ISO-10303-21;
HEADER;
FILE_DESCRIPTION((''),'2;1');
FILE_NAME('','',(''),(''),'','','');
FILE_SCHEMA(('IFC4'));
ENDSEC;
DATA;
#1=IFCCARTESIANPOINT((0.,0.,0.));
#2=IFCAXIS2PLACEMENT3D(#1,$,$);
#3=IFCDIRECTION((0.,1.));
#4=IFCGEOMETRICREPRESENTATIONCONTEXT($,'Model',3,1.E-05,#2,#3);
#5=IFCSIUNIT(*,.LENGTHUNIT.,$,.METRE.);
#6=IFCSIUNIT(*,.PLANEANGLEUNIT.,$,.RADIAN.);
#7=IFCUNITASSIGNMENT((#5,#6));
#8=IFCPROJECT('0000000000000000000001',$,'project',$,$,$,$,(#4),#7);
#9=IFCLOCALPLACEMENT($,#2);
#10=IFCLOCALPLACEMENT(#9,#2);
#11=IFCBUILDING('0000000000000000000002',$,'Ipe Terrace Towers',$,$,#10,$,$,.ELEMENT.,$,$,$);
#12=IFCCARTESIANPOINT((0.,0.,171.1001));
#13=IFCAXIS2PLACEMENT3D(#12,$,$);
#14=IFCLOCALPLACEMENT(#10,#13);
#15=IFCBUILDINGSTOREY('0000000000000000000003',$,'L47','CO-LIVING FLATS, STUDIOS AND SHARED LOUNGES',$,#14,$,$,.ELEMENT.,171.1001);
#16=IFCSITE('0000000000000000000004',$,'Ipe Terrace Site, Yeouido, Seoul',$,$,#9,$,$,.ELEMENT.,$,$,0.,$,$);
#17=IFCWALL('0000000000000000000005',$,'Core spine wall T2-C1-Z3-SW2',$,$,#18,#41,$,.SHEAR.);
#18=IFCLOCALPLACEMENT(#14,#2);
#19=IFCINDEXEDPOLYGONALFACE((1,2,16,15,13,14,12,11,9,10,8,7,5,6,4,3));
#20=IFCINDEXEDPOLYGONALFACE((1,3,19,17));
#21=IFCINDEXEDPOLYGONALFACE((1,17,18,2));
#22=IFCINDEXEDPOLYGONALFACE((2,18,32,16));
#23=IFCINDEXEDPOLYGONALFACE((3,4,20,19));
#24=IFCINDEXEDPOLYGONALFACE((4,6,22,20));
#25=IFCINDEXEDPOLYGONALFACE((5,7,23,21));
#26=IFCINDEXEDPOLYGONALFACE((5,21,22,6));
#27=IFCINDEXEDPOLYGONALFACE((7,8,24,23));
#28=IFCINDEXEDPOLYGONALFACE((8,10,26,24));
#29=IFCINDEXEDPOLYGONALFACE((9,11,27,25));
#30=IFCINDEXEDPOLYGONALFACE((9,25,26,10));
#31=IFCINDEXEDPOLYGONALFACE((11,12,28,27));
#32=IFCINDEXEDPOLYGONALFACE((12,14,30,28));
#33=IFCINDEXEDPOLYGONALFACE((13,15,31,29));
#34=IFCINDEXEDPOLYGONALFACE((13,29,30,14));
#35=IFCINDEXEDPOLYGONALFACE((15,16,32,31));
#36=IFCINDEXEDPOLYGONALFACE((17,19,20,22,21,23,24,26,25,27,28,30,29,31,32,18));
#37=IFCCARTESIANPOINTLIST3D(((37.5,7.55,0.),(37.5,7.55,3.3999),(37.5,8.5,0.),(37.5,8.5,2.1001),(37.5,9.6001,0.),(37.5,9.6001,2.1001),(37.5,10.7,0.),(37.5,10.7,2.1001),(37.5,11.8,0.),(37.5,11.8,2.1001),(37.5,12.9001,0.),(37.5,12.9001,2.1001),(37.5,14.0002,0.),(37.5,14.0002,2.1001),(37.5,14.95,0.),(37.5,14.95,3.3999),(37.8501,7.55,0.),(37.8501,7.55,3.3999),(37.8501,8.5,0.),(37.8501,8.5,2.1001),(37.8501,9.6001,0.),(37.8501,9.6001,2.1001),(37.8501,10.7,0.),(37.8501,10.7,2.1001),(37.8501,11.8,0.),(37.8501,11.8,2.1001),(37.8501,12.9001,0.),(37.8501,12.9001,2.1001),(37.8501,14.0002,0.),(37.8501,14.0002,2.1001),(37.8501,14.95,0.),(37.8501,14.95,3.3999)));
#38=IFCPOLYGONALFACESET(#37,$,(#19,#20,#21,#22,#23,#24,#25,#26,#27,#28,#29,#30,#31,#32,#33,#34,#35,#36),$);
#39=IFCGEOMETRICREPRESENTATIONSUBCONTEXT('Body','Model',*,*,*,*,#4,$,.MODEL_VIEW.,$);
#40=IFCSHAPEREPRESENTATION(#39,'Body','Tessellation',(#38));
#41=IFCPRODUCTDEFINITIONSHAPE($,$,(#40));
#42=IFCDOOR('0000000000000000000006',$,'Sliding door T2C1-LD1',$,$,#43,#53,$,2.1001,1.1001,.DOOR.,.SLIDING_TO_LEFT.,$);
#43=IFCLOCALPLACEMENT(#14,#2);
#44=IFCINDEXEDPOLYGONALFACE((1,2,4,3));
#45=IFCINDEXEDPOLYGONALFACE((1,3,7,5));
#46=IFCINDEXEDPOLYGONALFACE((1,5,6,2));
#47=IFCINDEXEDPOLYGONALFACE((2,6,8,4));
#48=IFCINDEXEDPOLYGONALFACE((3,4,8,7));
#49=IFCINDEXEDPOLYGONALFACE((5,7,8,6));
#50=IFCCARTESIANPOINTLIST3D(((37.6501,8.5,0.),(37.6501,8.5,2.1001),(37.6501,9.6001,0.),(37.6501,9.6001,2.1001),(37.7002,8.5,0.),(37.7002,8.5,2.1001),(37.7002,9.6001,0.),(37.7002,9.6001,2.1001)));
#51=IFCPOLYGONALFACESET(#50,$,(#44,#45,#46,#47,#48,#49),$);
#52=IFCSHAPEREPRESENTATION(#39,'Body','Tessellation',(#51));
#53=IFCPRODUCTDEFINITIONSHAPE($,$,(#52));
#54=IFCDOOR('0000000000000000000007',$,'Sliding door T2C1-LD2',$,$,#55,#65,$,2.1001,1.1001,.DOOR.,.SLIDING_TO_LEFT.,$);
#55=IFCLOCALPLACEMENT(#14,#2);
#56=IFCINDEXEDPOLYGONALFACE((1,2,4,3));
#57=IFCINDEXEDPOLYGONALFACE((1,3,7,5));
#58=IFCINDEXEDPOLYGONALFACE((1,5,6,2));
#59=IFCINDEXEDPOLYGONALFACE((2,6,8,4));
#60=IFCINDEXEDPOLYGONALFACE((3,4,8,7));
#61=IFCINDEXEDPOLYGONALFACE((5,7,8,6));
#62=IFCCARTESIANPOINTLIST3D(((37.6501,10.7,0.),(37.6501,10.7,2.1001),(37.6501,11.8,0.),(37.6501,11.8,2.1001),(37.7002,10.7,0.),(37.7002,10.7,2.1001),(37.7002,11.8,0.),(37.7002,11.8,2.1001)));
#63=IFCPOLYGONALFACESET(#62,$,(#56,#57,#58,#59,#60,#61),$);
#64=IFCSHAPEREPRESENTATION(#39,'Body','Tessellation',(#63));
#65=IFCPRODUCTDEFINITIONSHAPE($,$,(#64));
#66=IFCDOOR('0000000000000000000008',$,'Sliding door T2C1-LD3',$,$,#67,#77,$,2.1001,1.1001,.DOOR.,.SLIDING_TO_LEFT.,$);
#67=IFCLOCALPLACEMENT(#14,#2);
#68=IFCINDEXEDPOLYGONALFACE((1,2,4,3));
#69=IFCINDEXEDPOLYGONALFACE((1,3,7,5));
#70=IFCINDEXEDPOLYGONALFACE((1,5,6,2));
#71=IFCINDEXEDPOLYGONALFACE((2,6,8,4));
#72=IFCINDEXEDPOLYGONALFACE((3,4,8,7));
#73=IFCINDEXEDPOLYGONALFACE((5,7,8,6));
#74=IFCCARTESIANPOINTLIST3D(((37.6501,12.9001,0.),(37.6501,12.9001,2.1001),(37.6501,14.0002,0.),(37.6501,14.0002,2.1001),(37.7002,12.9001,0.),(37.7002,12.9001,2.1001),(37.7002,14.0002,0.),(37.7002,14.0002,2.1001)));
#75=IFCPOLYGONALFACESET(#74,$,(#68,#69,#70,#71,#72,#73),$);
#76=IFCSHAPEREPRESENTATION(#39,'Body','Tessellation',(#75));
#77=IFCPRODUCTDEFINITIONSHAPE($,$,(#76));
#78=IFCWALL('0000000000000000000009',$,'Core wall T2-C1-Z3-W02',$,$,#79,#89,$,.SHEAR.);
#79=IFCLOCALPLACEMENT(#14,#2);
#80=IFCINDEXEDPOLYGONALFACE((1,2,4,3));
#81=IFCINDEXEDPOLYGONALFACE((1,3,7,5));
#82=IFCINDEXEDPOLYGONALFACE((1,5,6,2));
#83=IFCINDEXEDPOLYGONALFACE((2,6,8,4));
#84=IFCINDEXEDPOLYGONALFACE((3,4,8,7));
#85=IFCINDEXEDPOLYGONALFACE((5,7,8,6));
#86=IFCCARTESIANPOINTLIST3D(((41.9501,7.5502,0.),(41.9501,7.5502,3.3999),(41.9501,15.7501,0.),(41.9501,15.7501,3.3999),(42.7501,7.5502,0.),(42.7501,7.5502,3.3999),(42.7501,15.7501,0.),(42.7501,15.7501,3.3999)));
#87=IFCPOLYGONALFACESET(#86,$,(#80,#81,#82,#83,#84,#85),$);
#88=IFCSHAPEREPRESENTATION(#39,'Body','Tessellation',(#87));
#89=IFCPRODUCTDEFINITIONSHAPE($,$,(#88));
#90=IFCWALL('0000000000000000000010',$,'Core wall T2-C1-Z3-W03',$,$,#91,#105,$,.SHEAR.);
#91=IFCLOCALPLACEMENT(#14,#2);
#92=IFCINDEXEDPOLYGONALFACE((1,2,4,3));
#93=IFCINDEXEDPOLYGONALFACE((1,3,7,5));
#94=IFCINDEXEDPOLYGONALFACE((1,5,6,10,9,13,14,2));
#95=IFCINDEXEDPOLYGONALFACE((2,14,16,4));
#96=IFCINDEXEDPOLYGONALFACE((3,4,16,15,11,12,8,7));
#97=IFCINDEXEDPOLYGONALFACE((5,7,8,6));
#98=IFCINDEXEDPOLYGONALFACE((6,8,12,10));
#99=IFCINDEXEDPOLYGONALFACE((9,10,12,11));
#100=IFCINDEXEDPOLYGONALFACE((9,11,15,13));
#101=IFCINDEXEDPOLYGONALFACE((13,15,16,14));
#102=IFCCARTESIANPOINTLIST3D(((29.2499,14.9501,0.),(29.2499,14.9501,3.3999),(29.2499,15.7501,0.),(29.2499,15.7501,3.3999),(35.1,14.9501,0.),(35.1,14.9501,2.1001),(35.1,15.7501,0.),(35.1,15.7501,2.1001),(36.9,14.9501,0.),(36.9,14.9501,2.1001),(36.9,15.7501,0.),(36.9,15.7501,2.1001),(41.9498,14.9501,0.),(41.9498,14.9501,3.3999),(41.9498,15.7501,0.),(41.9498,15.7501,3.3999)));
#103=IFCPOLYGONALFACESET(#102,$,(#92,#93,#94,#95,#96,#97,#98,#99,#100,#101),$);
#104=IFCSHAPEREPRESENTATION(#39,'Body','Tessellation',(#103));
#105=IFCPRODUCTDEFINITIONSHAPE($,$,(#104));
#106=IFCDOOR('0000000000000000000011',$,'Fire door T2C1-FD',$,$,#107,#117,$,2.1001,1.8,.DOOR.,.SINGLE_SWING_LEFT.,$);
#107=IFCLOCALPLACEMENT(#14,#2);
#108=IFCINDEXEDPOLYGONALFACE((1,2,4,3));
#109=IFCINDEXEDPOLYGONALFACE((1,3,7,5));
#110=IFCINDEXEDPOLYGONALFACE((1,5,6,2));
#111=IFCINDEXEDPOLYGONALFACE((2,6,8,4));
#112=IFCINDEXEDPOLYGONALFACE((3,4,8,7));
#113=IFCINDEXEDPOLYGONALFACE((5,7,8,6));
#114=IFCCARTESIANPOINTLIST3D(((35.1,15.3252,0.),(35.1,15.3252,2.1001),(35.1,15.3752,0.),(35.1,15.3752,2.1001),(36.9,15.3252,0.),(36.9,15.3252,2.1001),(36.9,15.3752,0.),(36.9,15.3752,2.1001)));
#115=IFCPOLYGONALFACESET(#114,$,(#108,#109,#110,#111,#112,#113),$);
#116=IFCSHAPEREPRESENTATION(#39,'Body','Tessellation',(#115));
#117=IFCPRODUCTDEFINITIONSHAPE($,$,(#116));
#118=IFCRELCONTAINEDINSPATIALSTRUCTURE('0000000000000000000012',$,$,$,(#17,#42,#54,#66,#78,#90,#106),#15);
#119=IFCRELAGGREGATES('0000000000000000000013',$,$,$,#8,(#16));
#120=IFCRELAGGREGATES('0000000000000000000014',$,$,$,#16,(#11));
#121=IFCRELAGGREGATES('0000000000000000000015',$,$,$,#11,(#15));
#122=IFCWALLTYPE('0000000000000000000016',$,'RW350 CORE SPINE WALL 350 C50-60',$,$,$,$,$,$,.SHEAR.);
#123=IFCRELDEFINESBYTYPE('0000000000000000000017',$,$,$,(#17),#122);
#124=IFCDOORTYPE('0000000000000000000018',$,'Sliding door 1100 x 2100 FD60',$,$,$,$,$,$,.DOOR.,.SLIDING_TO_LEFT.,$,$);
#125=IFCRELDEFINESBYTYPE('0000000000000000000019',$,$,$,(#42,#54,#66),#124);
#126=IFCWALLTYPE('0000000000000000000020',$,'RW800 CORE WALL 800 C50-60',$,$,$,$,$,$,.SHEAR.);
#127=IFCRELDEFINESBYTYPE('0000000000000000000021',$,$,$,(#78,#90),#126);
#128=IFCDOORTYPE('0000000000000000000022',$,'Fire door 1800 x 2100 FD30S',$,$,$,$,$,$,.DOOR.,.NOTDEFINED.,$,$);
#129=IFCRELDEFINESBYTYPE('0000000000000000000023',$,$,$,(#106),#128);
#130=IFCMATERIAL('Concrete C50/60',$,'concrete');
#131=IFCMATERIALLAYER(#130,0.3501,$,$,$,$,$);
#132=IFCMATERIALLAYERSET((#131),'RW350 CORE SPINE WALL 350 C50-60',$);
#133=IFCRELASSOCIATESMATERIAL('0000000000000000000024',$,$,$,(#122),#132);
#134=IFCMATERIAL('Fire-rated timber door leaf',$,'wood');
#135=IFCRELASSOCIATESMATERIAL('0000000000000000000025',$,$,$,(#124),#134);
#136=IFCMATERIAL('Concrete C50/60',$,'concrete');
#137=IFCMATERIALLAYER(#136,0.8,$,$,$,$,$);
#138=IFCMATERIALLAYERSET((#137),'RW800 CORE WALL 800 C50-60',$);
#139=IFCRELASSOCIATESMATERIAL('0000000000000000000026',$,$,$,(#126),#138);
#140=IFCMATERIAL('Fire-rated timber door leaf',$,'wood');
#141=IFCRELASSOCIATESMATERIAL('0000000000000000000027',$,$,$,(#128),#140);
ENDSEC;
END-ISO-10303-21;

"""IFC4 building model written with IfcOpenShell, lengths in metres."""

from ifc_helpers import new_model, si_unit, direction, frame, frame_2d, origin, place, context, subcontext, project, spatial, rectangle, extrude, material, layer, layer_set, type_object, element, fill, save


model = new_model("IFC4")

# Units and contexts
model_context = context("Model", 3, precision=1e-05, world=origin(), true_north=direction((0.0, 1.0)))
body_context = subcontext(model_context, "Body", "Model", "MODEL_VIEW")
ifc_project = project(units=[si_unit("LENGTHUNIT", "METRE"), si_unit("PLANEANGLEUNIT", "RADIAN")], contexts=[model_context])

# Site, building, storey
site_placement = place(None, origin())
site = spatial("IfcSite", under=ifc_project, at=site_placement, Name="Ipe Terrace Site, Yeouido, Seoul", CompositionType="ELEMENT", RefElevation=0.0)
building_placement = place(site_placement, origin())
building = spatial("IfcBuilding", under=site, at=building_placement, Name="Ipe Terrace Towers", CompositionType="ELEMENT")
storey_placement = place(building_placement, frame((0.0, 0.0, 171.1001)))
storey = spatial("IfcBuildingStorey", under=building, at=storey_placement, Name="L47", Description="CO-LIVING FLATS, STUDIOS AND SHARED LOUNGES", CompositionType="ELEMENT", Elevation=171.1001)

# Wall, openings, doors
ifc_material_1 = material(Name="Concrete C50/60", Category="concrete")
ifc_layer_1 = layer(ifc_material_1, 0.3501)
ifc_layer_set_1 = layer_set([ifc_layer_1], Name="RW350 CORE SPINE WALL 350 C50-60")
wall_type_1 = type_object("IfcWallType", Name="RW350 CORE SPINE WALL 350 C50-60", PredefinedType="SHEAR", material=ifc_layer_set_1)
wall_1_placement = place(storey_placement, frame((37.675, 7.55, 0.0), z_axis=(0.0, 0.0, 1.0), x_axis=(0.0, 1.0, 0.0)))
wall_1 = element("IfcWall", 1, at=wall_1_placement, inside=storey, type_object=wall_type_1, Name="Core spine wall T2-C1-Z3-SW2", PredefinedType="SHEAR", context=body_context, shape_type="SweptSolid", body=[
    extrude(rectangle(XDim=7.3999, YDim=0.3501, at=frame_2d((3.7, 0.0))), origin(), (0.0, 0.0, 1.0), 3.3999),
])
opening_1_placement = place(wall_1_placement, frame((0.95, 0.0, 0.0)))
opening_1 = element("IfcOpeningElement", 2, at=opening_1_placement, cuts=wall_1, PredefinedType="OPENING", context=body_context, shape_type="SweptSolid", body=[
    extrude(rectangle(XDim=1.1001, YDim=2.1001, at=frame_2d((0.55, 1.05))), frame((0.0, 0.1851, 0.0), z_axis=(0.0, -1.0, 0.0), x_axis=(1.0, 0.0, 0.0)), (0.0, 0.0, 1.0), 0.3701),
])
opening_2_placement = place(wall_1_placement, frame((3.1499, 0.0, 0.0)))
opening_2 = element("IfcOpeningElement", 3, at=opening_2_placement, cuts=wall_1, PredefinedType="OPENING", context=body_context, shape_type="SweptSolid", body=[
    extrude(rectangle(XDim=1.1001, YDim=2.1001, at=frame_2d((0.55, 1.05))), frame((0.0, 0.1851, 0.0), z_axis=(0.0, -1.0, 0.0), x_axis=(1.0, 0.0, 0.0)), (0.0, 0.0, 1.0), 0.3701),
])
opening_3_placement = place(wall_1_placement, frame((5.3501, 0.0, 0.0)))
opening_3 = element("IfcOpeningElement", 4, at=opening_3_placement, cuts=wall_1, PredefinedType="OPENING", context=body_context, shape_type="SweptSolid", body=[
    extrude(rectangle(XDim=1.1001, YDim=2.1001, at=frame_2d((0.55, 1.05))), frame((0.0, 0.1851, 0.0), z_axis=(0.0, -1.0, 0.0), x_axis=(1.0, 0.0, 0.0)), (0.0, 0.0, 1.0), 0.3701),
])
ifc_material_2 = material(Name="Fire-rated timber door leaf", Category="wood")
door_type_1 = type_object("IfcDoorType", Name="Sliding door 1100 x 2100 FD60", OperationType="SLIDING_TO_LEFT", PredefinedType="DOOR", material=ifc_material_2)
door_1_placement = place(opening_1_placement, origin())
door_1 = element("IfcDoor", 5, at=door_1_placement, inside=storey, type_object=door_type_1, Name="Sliding door T2C1-LD1", OperationType="SLIDING_TO_LEFT", OverallHeight=2.1001, OverallWidth=1.1001, PredefinedType="DOOR", context=body_context, shape_type="SweptSolid", body=[
    extrude(rectangle(XDim=1.1001, YDim=2.1001, at=frame_2d((0.55, 1.05))), frame((0.0, 0.0249, 0.0), z_axis=(0.0, -1.0, 0.0), x_axis=(1.0, 0.0, 0.0)), (0.0, 0.0, 1.0), 0.05),
])
fill(opening_1, door_1)
door_2_placement = place(opening_2_placement, origin())
door_2 = element("IfcDoor", 6, at=door_2_placement, inside=storey, type_object=door_type_1, Name="Sliding door T2C1-LD2", OperationType="SLIDING_TO_LEFT", OverallHeight=2.1001, OverallWidth=1.1001, PredefinedType="DOOR", context=body_context, shape_type="SweptSolid", body=[
    extrude(rectangle(XDim=1.1001, YDim=2.1001, at=frame_2d((0.55, 1.05))), frame((0.0, 0.0249, 0.0), z_axis=(0.0, -1.0, 0.0), x_axis=(1.0, 0.0, 0.0)), (0.0, 0.0, 1.0), 0.05),
])
fill(opening_2, door_2)
door_3_placement = place(opening_3_placement, origin())
door_3 = element("IfcDoor", 7, at=door_3_placement, inside=storey, type_object=door_type_1, Name="Sliding door T2C1-LD3", OperationType="SLIDING_TO_LEFT", OverallHeight=2.1001, OverallWidth=1.1001, PredefinedType="DOOR", context=body_context, shape_type="SweptSolid", body=[
    extrude(rectangle(XDim=1.1001, YDim=2.1001, at=frame_2d((0.55, 1.05))), frame((0.0, 0.0249, 0.0), z_axis=(0.0, -1.0, 0.0), x_axis=(1.0, 0.0, 0.0)), (0.0, 0.0, 1.0), 0.05),
])
fill(opening_3, door_3)

# Wall
ifc_material_3 = material(Name="Concrete C50/60", Category="concrete")
ifc_layer_2 = layer(ifc_material_3, 0.8)
ifc_layer_set_2 = layer_set([ifc_layer_2], Name="RW800 CORE WALL 800 C50-60")
wall_type_2 = type_object("IfcWallType", Name="RW800 CORE WALL 800 C50-60", PredefinedType="SHEAR", material=ifc_layer_set_2)
wall_2_placement = place(storey_placement, frame((42.3501, 7.55, 0.0), z_axis=(0.0, 0.0, 1.0), x_axis=(0.0, 1.0, 0.0)))
element("IfcWall", 8, at=wall_2_placement, inside=storey, type_object=wall_type_2, Name="Core wall T2-C1-Z3-W02", PredefinedType="SHEAR", context=body_context, shape_type="SweptSolid", body=[
    extrude(rectangle(XDim=8.2, YDim=0.8, at=frame_2d((4.1001, 0.0))), origin(), (0.0, 0.0, 1.0), 3.3999),
])

# Wall, opening, door
wall_3_placement = place(storey_placement, frame((41.95, 15.3501, 0.0), z_axis=(0.0, 0.0, 1.0), x_axis=(-1.0, 0.0, 0.0)))
wall_3 = element("IfcWall", 9, at=wall_3_placement, inside=storey, type_object=wall_type_2, Name="Core wall T2-C1-Z3-W03", PredefinedType="SHEAR", context=body_context, shape_type="SweptSolid", body=[
    extrude(rectangle(XDim=12.7, YDim=0.8, at=frame_2d((6.3501, 0.0))), origin(), (0.0, 0.0, 1.0), 3.3999),
])
opening_4_placement = place(wall_3_placement, frame((5.05, 0.0, 0.0)))
opening_4 = element("IfcOpeningElement", 10, at=opening_4_placement, cuts=wall_3, PredefinedType="OPENING", context=body_context, shape_type="SweptSolid", body=[
    extrude(rectangle(XDim=1.8, YDim=2.1001, at=frame_2d((0.8999, 1.05))), frame((0.0, 0.4102, 0.0), z_axis=(0.0, -1.0, 0.0), x_axis=(1.0, 0.0, 0.0)), (0.0, 0.0, 1.0), 0.8201),
])
ifc_material_4 = material(Name="Fire-rated timber door leaf", Category="wood")
door_type_2 = type_object("IfcDoorType", Name="Fire door 1800 x 2100 FD30S", OperationType="NOTDEFINED", PredefinedType="DOOR", material=ifc_material_4)
door_4_placement = place(opening_4_placement, origin())
door_4 = element("IfcDoor", 11, at=door_4_placement, inside=storey, type_object=door_type_2, Name="Fire door T2C1-FD", OperationType="SINGLE_SWING_LEFT", OverallHeight=2.1001, OverallWidth=1.8, PredefinedType="DOOR", context=body_context, shape_type="SweptSolid", body=[
    extrude(rectangle(XDim=1.8, YDim=2.1001, at=frame_2d((0.8999, 1.05))), frame((0.0, 0.0249, 0.0), z_axis=(0.0, -1.0, 0.0), x_axis=(1.0, 0.0, 0.0)), (0.0, 0.0, 1.0), 0.05),
])
fill(opening_4, door_4)

save(model, "model.ifc")
